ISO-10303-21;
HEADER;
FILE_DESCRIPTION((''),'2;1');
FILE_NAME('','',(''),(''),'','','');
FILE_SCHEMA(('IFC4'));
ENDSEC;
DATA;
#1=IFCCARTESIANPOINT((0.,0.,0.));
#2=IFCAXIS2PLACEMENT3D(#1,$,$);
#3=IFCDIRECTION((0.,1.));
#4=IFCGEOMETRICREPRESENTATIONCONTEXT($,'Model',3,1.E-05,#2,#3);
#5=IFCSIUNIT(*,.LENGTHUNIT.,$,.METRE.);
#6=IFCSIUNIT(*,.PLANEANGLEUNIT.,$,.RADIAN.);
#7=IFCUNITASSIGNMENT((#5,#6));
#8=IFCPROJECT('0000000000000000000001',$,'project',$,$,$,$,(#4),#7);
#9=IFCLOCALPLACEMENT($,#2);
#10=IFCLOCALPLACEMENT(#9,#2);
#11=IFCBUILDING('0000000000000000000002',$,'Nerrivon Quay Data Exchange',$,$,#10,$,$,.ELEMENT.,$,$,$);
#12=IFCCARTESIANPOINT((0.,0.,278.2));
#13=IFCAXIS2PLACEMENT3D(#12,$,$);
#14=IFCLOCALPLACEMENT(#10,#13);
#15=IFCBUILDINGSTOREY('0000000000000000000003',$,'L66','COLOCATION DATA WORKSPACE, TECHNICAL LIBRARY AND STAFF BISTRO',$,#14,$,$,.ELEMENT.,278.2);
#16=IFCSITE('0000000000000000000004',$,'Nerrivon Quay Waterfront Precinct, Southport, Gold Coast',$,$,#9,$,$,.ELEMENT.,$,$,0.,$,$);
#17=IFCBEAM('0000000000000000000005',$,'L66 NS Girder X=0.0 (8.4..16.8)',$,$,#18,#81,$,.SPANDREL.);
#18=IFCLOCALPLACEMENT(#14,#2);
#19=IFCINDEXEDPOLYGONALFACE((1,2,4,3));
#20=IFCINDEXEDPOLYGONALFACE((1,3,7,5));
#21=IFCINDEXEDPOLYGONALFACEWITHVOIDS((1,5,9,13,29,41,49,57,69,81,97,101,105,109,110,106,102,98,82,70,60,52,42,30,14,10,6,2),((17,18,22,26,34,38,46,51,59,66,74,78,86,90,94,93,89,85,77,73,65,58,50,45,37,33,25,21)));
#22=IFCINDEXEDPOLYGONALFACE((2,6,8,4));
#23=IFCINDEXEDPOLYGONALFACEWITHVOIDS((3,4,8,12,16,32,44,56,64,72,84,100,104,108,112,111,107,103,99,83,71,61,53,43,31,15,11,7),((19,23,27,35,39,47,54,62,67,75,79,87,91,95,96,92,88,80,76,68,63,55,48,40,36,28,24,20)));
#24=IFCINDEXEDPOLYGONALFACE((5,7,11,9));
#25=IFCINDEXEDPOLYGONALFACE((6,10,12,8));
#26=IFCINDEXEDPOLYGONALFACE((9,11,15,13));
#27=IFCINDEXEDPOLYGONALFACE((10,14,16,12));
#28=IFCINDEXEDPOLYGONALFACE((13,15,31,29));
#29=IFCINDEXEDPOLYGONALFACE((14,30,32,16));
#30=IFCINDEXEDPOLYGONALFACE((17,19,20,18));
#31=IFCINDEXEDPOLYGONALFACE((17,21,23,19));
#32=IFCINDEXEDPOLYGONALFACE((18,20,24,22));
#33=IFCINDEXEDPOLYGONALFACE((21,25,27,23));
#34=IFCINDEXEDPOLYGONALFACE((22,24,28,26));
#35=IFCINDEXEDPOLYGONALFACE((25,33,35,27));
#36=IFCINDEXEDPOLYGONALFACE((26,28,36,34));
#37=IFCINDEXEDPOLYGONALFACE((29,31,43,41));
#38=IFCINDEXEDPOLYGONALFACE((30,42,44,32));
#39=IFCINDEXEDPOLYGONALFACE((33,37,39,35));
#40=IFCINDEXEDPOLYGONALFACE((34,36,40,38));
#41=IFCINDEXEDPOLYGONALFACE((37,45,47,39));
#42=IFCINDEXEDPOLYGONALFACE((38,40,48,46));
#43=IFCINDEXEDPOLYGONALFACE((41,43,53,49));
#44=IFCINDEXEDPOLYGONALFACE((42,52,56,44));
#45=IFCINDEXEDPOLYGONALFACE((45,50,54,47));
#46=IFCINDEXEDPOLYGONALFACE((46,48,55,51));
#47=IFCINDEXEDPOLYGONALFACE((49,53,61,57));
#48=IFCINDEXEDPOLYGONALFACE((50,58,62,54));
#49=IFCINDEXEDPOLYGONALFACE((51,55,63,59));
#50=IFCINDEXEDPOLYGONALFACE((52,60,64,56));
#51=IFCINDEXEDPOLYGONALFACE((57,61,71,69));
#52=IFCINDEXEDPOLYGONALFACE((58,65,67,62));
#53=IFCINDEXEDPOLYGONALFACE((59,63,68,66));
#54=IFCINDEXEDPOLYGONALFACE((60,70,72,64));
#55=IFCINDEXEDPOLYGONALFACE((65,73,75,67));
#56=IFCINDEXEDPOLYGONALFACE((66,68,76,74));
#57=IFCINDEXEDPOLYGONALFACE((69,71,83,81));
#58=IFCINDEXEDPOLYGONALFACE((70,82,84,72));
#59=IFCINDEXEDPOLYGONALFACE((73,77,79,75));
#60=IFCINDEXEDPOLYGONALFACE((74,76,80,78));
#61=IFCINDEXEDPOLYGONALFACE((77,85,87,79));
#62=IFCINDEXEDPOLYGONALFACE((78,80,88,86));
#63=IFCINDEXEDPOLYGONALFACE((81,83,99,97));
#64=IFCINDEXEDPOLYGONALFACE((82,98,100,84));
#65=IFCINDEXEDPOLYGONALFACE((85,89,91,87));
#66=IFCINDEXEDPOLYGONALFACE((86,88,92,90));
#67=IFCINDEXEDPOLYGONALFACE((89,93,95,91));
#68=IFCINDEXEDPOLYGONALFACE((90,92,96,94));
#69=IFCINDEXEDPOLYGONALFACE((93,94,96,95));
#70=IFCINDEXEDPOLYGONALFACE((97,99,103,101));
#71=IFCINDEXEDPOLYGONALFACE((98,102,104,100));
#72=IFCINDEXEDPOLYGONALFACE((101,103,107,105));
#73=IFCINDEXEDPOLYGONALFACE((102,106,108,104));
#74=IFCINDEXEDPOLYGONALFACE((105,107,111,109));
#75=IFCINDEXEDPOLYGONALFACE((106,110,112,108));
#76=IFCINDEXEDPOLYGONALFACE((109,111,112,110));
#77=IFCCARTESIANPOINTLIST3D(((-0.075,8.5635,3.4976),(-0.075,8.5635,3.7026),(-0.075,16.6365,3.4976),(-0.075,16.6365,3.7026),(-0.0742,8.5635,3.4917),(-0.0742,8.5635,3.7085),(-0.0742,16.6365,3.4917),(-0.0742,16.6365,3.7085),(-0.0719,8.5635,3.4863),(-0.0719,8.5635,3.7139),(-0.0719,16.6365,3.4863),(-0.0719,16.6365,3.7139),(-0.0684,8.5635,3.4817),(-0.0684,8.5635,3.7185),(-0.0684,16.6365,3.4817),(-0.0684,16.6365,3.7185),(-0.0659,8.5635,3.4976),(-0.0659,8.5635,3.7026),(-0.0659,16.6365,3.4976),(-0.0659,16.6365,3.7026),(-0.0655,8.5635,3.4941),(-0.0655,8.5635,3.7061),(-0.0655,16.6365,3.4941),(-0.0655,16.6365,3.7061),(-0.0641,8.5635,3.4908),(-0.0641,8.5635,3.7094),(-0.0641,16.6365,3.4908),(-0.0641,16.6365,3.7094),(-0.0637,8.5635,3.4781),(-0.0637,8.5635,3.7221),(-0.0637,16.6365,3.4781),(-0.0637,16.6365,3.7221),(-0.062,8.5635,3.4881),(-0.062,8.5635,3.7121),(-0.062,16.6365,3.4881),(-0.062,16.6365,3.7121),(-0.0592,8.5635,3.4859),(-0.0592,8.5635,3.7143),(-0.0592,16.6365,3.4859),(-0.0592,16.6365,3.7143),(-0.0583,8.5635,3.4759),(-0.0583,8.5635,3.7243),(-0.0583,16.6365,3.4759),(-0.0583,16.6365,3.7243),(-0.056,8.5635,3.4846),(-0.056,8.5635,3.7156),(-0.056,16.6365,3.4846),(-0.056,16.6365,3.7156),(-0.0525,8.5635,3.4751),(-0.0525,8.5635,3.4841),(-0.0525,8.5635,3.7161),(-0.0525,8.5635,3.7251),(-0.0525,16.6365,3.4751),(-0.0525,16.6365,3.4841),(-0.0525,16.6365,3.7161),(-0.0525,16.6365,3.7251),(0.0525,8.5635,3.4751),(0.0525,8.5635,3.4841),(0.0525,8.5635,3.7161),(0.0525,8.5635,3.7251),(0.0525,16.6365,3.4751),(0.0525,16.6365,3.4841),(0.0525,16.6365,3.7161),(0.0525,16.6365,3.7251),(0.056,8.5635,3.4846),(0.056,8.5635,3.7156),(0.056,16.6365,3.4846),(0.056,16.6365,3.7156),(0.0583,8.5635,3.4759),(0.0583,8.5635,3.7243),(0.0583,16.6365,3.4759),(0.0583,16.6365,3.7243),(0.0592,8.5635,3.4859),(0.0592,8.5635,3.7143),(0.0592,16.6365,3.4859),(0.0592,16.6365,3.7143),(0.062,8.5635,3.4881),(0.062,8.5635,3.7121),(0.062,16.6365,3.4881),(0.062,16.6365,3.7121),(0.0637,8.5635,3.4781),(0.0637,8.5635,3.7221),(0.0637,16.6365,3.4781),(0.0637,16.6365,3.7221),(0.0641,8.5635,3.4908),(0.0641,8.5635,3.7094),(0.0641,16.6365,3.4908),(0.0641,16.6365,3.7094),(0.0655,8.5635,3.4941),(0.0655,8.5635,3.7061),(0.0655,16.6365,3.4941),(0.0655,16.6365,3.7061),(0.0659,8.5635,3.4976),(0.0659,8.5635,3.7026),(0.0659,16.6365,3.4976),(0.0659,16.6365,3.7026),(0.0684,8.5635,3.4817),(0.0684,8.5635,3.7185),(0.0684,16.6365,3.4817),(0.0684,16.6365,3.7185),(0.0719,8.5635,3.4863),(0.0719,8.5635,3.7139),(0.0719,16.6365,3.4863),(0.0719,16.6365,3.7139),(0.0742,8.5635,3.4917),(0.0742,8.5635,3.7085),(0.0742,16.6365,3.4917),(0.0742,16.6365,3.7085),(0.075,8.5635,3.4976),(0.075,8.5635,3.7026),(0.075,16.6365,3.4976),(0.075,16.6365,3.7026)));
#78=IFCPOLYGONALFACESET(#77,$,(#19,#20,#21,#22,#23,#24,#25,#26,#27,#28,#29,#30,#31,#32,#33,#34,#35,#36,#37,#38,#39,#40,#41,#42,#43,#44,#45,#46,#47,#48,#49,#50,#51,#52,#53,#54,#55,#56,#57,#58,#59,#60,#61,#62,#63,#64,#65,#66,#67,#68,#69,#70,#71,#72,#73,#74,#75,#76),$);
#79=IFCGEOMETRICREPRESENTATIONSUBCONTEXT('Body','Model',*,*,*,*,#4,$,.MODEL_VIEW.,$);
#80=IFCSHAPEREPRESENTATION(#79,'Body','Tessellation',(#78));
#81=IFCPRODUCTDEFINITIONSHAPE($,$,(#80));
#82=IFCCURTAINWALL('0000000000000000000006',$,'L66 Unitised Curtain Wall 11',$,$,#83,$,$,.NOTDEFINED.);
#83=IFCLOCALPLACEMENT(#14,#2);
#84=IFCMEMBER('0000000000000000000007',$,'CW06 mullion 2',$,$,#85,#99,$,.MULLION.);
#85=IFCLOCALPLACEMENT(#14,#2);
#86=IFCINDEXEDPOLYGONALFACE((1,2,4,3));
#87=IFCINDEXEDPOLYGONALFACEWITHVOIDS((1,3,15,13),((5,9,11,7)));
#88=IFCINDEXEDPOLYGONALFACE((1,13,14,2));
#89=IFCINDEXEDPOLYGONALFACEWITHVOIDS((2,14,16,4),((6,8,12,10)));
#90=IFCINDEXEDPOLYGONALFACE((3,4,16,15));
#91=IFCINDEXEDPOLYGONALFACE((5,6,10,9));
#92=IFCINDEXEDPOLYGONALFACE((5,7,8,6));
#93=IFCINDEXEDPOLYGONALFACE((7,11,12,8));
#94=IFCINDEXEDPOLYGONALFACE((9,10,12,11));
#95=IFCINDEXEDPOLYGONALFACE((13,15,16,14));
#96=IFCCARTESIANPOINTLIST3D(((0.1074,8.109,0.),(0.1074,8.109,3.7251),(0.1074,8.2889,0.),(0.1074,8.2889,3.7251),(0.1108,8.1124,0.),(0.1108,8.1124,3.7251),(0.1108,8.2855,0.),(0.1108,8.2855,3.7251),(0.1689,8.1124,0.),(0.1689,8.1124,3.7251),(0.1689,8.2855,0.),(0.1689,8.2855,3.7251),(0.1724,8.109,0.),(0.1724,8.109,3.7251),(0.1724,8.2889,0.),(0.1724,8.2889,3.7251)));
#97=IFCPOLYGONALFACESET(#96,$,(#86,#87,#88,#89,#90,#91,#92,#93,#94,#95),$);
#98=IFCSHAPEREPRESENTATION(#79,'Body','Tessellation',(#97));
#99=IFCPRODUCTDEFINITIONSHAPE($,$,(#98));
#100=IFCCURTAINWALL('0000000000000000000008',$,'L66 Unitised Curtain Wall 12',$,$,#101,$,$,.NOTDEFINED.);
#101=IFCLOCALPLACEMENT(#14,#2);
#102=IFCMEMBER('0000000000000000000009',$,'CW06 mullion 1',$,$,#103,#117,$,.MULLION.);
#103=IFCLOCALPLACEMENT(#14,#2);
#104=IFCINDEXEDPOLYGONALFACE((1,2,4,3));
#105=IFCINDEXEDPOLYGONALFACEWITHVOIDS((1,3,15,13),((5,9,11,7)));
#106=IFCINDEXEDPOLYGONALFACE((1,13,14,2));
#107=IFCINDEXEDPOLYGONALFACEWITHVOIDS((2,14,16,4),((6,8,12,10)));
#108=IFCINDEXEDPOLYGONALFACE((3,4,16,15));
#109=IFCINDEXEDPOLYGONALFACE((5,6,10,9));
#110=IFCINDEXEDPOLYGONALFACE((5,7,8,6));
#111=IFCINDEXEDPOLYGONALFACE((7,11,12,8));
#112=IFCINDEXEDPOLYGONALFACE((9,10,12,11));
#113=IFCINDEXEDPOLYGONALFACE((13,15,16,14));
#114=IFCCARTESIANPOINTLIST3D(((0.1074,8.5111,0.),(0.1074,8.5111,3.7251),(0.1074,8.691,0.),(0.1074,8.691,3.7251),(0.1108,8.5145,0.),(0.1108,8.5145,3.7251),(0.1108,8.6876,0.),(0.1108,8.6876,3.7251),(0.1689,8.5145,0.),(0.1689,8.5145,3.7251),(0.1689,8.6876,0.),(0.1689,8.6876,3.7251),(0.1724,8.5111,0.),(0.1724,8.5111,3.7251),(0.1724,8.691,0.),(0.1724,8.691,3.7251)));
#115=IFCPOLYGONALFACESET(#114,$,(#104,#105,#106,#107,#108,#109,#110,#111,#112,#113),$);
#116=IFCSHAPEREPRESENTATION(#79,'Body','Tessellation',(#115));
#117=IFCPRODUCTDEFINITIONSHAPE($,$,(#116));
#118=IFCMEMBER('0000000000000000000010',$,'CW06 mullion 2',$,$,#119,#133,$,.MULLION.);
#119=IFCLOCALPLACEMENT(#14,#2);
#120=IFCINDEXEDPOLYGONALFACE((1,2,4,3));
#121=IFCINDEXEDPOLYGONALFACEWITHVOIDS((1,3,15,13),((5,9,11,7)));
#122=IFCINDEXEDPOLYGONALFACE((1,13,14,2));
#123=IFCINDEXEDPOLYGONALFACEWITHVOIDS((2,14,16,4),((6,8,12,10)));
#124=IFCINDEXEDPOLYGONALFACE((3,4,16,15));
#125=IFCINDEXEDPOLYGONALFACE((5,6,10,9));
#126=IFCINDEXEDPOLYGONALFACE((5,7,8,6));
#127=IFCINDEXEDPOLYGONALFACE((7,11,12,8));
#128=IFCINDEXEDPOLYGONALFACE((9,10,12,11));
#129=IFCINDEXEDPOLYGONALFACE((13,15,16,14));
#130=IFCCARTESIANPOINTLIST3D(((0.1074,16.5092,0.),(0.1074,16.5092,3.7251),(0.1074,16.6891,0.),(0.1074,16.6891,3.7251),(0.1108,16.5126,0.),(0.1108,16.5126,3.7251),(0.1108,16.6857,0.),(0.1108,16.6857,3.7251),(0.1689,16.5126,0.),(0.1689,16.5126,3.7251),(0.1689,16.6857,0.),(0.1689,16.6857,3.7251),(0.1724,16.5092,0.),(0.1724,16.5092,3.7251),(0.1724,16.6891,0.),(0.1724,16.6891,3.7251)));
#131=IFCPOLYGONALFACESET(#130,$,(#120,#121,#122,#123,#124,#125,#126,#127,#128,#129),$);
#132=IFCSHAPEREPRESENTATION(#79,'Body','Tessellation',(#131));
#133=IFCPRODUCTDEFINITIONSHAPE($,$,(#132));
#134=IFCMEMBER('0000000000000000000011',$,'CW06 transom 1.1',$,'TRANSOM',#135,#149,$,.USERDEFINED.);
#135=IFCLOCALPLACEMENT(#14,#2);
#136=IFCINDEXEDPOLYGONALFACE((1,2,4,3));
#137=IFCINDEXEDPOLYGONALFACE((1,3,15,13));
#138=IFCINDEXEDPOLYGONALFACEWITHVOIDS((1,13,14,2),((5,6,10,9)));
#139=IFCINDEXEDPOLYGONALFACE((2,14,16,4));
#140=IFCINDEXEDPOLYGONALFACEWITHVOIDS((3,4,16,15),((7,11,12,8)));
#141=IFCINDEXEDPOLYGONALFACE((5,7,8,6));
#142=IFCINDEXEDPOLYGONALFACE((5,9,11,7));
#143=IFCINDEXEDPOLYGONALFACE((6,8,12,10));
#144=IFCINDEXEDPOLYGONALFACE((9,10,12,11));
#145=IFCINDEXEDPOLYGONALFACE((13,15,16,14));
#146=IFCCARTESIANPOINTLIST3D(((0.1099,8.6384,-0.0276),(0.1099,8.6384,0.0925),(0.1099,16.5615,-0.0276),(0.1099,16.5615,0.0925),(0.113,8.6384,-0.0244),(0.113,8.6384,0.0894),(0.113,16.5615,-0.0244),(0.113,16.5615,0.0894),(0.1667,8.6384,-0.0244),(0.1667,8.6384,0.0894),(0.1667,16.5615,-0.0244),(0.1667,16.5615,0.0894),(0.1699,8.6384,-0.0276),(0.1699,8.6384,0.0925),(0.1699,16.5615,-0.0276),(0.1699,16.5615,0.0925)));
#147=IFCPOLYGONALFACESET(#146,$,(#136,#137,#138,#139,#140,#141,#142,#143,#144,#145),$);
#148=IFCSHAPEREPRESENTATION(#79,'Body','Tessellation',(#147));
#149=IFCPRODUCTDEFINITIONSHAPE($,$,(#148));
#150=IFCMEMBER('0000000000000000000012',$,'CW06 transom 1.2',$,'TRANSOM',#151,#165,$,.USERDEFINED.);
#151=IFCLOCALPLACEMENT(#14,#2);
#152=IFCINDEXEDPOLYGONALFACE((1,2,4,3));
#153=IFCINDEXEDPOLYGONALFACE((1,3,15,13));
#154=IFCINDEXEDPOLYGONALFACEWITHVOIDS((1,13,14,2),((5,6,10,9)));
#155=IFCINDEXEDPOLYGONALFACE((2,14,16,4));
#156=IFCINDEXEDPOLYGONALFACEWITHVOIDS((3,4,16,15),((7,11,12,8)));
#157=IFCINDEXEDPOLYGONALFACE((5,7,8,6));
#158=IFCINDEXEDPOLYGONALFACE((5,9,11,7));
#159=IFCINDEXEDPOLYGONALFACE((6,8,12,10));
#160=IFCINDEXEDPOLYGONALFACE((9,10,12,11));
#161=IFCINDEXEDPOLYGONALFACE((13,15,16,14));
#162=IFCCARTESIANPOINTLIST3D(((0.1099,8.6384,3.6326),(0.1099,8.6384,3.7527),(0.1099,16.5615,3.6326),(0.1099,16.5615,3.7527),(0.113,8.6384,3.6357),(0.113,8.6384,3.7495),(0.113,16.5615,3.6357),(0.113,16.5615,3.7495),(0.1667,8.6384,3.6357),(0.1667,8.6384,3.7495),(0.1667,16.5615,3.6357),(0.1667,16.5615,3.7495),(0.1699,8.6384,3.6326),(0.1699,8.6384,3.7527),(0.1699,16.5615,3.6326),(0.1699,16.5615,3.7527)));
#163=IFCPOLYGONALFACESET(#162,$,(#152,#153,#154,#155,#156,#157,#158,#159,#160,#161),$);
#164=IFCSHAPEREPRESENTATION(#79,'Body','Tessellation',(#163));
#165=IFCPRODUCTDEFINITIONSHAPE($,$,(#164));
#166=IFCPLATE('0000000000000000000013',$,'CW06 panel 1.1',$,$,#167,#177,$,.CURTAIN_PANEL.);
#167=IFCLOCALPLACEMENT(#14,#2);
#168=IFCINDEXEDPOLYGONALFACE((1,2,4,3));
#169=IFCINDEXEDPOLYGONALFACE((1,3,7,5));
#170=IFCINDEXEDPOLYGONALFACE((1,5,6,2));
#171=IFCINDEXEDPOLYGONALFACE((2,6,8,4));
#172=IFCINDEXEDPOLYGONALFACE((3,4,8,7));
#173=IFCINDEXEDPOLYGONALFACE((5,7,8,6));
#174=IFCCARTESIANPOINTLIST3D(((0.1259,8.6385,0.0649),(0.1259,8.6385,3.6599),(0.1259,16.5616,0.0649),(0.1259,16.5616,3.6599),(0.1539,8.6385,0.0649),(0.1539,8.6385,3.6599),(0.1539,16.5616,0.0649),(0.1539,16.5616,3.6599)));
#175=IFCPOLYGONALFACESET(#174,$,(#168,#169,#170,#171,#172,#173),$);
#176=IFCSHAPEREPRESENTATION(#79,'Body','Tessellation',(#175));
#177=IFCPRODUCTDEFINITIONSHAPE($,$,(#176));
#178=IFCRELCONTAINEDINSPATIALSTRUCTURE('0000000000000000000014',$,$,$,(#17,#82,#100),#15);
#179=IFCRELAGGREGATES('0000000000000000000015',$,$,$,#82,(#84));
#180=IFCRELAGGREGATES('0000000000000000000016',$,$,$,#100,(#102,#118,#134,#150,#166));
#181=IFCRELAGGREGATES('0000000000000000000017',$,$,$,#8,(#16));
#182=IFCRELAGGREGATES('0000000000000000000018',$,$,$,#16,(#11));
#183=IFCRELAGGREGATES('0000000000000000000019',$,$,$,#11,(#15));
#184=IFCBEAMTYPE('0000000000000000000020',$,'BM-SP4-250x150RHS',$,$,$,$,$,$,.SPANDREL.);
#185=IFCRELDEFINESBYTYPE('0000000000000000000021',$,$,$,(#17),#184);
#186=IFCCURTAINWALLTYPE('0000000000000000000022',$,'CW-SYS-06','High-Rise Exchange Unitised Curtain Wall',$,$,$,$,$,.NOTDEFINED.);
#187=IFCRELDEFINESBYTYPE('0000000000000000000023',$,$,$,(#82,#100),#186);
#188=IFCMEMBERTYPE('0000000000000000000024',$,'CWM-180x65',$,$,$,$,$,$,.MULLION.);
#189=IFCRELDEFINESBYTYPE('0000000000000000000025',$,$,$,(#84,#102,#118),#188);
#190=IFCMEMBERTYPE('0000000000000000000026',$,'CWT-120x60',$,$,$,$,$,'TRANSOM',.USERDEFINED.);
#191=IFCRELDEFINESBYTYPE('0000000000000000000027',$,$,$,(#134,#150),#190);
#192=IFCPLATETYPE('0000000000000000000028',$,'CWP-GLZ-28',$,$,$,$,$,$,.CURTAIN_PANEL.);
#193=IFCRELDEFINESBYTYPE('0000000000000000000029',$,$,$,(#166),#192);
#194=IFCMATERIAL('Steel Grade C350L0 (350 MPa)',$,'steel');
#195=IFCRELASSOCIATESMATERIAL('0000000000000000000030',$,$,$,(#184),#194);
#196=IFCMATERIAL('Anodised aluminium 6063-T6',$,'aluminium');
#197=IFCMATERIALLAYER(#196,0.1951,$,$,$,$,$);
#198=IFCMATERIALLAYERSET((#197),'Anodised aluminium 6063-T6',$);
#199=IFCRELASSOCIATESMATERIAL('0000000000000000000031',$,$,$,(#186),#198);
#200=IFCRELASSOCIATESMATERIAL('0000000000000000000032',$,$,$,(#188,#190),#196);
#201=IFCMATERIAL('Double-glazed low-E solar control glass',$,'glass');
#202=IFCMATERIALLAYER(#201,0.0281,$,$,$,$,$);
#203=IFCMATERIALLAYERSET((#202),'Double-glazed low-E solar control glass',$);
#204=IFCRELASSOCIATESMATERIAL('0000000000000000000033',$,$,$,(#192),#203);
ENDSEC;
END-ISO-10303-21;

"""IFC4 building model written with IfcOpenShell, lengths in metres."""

from ifc_helpers import new_model, si_unit, direction, frame, origin, origin_2d, place, context, subcontext, project, spatial, rectangle, hollow_rectangle, extrude, material, layer, layer_set, material_profile, profile_set, type_object, element, aggregate, save


model = new_model("IFC4")

# Units and contexts
model_context = context("Model", 3, precision=1e-05, world=origin(), true_north=direction((0.0, 1.0)))
body_context = subcontext(model_context, "Body", "Model", "MODEL_VIEW")
ifc_project = project(units=[si_unit("LENGTHUNIT", "METRE"), si_unit("PLANEANGLEUNIT", "RADIAN")], contexts=[model_context])

# Site, building, storey
site_placement = place(None, origin())
site = spatial("IfcSite", under=ifc_project, at=site_placement, Name="Nerrivon Quay Waterfront Precinct, Southport, Gold Coast", CompositionType="ELEMENT", RefElevation=0.0)
building_placement = place(site_placement, origin())
building = spatial("IfcBuilding", under=site, at=building_placement, Name="Nerrivon Quay Data Exchange", CompositionType="ELEMENT")
storey_placement = place(building_placement, frame((0.0, 0.0, 278.2)))
storey = spatial("IfcBuildingStorey", under=building, at=storey_placement, Name="L66", Description="COLOCATION DATA WORKSPACE, TECHNICAL LIBRARY AND STAFF BISTRO", CompositionType="ELEMENT", Elevation=278.2)

# Beam
ifc_material_1 = material(Name="Steel Grade C350L0 (350 MPa)", Category="steel")
ifc_material_profile_1 = material_profile(ifc_material_1, hollow_rectangle(XDim=0.1499, YDim=0.25, WallThickness=0.009, InnerFilletRadius=0.0134, OuterFilletRadius=0.0225, at=origin_2d()), Name="250x150x9.0RHS")
ifc_profile_set_1 = profile_set([ifc_material_profile_1], Name="Steel Grade C350L0 (350 MPa)")
beam_type_1 = type_object("IfcBeamType", Name="BM-SP4-250x150RHS", PredefinedType="SPANDREL", material=ifc_profile_set_1)
beam_1_placement = place(storey_placement, frame((0.0, 8.5635, 3.6001), z_axis=(0.0, 1.0, 0.0), x_axis=(-1.0, 0.0, 0.0)))
element("IfcBeam", 1, at=beam_1_placement, inside=storey, type_object=beam_type_1, Name="L66 NS Girder X=0.0 (8.4..16.8)", PredefinedType="SPANDREL", context=body_context, shape_type="SweptSolid", body=[
    extrude(hollow_rectangle(XDim=0.1499, YDim=0.25, WallThickness=0.009, InnerFilletRadius=0.0134, OuterFilletRadius=0.0225, at=origin_2d()), origin(), (0.0, 0.0, 1.0), 8.073),
])

# Curtain wall, member
ifc_material_2 = material(Name="Anodised aluminium 6063-T6", Category="aluminium")
ifc_layer_1 = layer(ifc_material_2, 0.1951)
ifc_layer_set_1 = layer_set([ifc_layer_1], Name="Anodised aluminium 6063-T6")
curtain_wall_type = type_object("IfcCurtainWallType", Name="CW-SYS-06", Description="High-Rise Exchange Unitised Curtain Wall", PredefinedType="NOTDEFINED", material=ifc_layer_set_1)
curtain_wall_1_placement = place(storey_placement, origin())
curtain_wall_1 = element("IfcCurtainWall", 2, at=curtain_wall_1_placement, inside=storey, type_object=curtain_wall_type, Name="L66 Unitised Curtain Wall 11", PredefinedType="NOTDEFINED")
ifc_material_profile_2 = material_profile(ifc_material_2, hollow_rectangle(XDim=0.0649, YDim=0.1799, WallThickness=0.0034, at=origin_2d()), Name="ALU-MULL-180x65")
ifc_profile_set_2 = profile_set([ifc_material_profile_2], Name="Anodised aluminium 6063-T6")
member_type_1 = type_object("IfcMemberType", Name="CWM-180x65", PredefinedType="MULLION", material=ifc_profile_set_2)
member_1_placement = place(storey_placement, frame((0.1399, 8.199, 0.0), z_axis=(0.0, 0.0, 1.0), x_axis=(-1.0, 0.0, 0.0)))
member_1 = element("IfcMember", 3, at=member_1_placement, type_object=member_type_1, Name="CW06 mullion 2", PredefinedType="MULLION", context=body_context, shape_type="SweptSolid", body=[
    extrude(hollow_rectangle(XDim=0.0649, YDim=0.1799, WallThickness=0.0034, at=origin_2d()), origin(), (0.0, 0.0, 1.0), 3.7251),
])
aggregate(curtain_wall_1, [member_1])

# Curtain wall, members, plate
curtain_wall_2_placement = place(storey_placement, origin())
curtain_wall_2 = element("IfcCurtainWall", 4, at=curtain_wall_2_placement, inside=storey, type_object=curtain_wall_type, Name="L66 Unitised Curtain Wall 12", PredefinedType="NOTDEFINED")
member_2_placement = place(storey_placement, frame((0.1399, 8.6011, 0.0), z_axis=(0.0, 0.0, 1.0), x_axis=(-1.0, 0.0, 0.0)))
member_2 = element("IfcMember", 5, at=member_2_placement, type_object=member_type_1, Name="CW06 mullion 1", PredefinedType="MULLION", context=body_context, shape_type="SweptSolid", body=[
    extrude(hollow_rectangle(XDim=0.0649, YDim=0.1799, WallThickness=0.0034, at=origin_2d()), origin(), (0.0, 0.0, 1.0), 3.7251),
])
member_3_placement = place(storey_placement, frame((0.1399, 16.5991, 0.0), z_axis=(0.0, 0.0, 1.0), x_axis=(-1.0, 0.0, 0.0)))
member_3 = element("IfcMember", 6, at=member_3_placement, type_object=member_type_1, Name="CW06 mullion 2", PredefinedType="MULLION", context=body_context, shape_type="SweptSolid", body=[
    extrude(hollow_rectangle(XDim=0.0649, YDim=0.1799, WallThickness=0.0034, at=origin_2d()), origin(), (0.0, 0.0, 1.0), 3.7251),
])
ifc_material_profile_3 = material_profile(ifc_material_2, hollow_rectangle(XDim=0.0601, YDim=0.1201, WallThickness=0.0032, at=origin_2d()), Name="ALU-TRAN-120x60")
ifc_profile_set_3 = profile_set([ifc_material_profile_3], Name="Anodised aluminium 6063-T6")
member_type_2 = type_object("IfcMemberType", Name="CWT-120x60", ElementType="TRANSOM", PredefinedType="USERDEFINED", material=ifc_profile_set_3)
member_4_placement = place(storey_placement, frame((0.1399, 8.6384, 0.0325), z_axis=(0.0, 1.0, 0.0), x_axis=(-1.0, 0.0, 0.0)))
member_4 = element("IfcMember", 7, at=member_4_placement, type_object=member_type_2, Name="CW06 transom 1.1", ObjectType="TRANSOM", PredefinedType="USERDEFINED", context=body_context, shape_type="SweptSolid", body=[
    extrude(hollow_rectangle(XDim=0.0601, YDim=0.1201, WallThickness=0.0032, at=origin_2d()), origin(), (0.0, 0.0, 1.0), 7.9231),
])
member_5_placement = place(storey_placement, frame((0.1399, 8.6384, 3.6926), z_axis=(0.0, 1.0, 0.0), x_axis=(-1.0, 0.0, 0.0)))
member_5 = element("IfcMember", 8, at=member_5_placement, type_object=member_type_2, Name="CW06 transom 1.2", ObjectType="TRANSOM", PredefinedType="USERDEFINED", context=body_context, shape_type="SweptSolid", body=[
    extrude(hollow_rectangle(XDim=0.0601, YDim=0.1201, WallThickness=0.0032, at=origin_2d()), origin(), (0.0, 0.0, 1.0), 7.9231),
])
ifc_material_3 = material(Name="Double-glazed low-E solar control glass", Category="glass")
ifc_layer_2 = layer(ifc_material_3, 0.0281)
ifc_layer_set_2 = layer_set([ifc_layer_2], Name="Double-glazed low-E solar control glass")
plate_type = type_object("IfcPlateType", Name="CWP-GLZ-28", PredefinedType="CURTAIN_PANEL", material=ifc_layer_set_2)
plate_placement = place(storey_placement, frame((0.1399, 12.6001, 0.0649), z_axis=(0.0, 0.0, 1.0), x_axis=(0.0, 1.0, 0.0)))
plate = element("IfcPlate", 9, at=plate_placement, type_object=plate_type, Name="CW06 panel 1.1", PredefinedType="CURTAIN_PANEL", context=body_context, shape_type="SweptSolid", body=[
    extrude(rectangle(XDim=7.9231, YDim=0.0281, at=origin_2d()), origin(), (0.0, 0.0, 1.0), 3.595),
])
aggregate(curtain_wall_2, [member_2, member_3, member_4, member_5, plate])

save(model, "model.ifc")
